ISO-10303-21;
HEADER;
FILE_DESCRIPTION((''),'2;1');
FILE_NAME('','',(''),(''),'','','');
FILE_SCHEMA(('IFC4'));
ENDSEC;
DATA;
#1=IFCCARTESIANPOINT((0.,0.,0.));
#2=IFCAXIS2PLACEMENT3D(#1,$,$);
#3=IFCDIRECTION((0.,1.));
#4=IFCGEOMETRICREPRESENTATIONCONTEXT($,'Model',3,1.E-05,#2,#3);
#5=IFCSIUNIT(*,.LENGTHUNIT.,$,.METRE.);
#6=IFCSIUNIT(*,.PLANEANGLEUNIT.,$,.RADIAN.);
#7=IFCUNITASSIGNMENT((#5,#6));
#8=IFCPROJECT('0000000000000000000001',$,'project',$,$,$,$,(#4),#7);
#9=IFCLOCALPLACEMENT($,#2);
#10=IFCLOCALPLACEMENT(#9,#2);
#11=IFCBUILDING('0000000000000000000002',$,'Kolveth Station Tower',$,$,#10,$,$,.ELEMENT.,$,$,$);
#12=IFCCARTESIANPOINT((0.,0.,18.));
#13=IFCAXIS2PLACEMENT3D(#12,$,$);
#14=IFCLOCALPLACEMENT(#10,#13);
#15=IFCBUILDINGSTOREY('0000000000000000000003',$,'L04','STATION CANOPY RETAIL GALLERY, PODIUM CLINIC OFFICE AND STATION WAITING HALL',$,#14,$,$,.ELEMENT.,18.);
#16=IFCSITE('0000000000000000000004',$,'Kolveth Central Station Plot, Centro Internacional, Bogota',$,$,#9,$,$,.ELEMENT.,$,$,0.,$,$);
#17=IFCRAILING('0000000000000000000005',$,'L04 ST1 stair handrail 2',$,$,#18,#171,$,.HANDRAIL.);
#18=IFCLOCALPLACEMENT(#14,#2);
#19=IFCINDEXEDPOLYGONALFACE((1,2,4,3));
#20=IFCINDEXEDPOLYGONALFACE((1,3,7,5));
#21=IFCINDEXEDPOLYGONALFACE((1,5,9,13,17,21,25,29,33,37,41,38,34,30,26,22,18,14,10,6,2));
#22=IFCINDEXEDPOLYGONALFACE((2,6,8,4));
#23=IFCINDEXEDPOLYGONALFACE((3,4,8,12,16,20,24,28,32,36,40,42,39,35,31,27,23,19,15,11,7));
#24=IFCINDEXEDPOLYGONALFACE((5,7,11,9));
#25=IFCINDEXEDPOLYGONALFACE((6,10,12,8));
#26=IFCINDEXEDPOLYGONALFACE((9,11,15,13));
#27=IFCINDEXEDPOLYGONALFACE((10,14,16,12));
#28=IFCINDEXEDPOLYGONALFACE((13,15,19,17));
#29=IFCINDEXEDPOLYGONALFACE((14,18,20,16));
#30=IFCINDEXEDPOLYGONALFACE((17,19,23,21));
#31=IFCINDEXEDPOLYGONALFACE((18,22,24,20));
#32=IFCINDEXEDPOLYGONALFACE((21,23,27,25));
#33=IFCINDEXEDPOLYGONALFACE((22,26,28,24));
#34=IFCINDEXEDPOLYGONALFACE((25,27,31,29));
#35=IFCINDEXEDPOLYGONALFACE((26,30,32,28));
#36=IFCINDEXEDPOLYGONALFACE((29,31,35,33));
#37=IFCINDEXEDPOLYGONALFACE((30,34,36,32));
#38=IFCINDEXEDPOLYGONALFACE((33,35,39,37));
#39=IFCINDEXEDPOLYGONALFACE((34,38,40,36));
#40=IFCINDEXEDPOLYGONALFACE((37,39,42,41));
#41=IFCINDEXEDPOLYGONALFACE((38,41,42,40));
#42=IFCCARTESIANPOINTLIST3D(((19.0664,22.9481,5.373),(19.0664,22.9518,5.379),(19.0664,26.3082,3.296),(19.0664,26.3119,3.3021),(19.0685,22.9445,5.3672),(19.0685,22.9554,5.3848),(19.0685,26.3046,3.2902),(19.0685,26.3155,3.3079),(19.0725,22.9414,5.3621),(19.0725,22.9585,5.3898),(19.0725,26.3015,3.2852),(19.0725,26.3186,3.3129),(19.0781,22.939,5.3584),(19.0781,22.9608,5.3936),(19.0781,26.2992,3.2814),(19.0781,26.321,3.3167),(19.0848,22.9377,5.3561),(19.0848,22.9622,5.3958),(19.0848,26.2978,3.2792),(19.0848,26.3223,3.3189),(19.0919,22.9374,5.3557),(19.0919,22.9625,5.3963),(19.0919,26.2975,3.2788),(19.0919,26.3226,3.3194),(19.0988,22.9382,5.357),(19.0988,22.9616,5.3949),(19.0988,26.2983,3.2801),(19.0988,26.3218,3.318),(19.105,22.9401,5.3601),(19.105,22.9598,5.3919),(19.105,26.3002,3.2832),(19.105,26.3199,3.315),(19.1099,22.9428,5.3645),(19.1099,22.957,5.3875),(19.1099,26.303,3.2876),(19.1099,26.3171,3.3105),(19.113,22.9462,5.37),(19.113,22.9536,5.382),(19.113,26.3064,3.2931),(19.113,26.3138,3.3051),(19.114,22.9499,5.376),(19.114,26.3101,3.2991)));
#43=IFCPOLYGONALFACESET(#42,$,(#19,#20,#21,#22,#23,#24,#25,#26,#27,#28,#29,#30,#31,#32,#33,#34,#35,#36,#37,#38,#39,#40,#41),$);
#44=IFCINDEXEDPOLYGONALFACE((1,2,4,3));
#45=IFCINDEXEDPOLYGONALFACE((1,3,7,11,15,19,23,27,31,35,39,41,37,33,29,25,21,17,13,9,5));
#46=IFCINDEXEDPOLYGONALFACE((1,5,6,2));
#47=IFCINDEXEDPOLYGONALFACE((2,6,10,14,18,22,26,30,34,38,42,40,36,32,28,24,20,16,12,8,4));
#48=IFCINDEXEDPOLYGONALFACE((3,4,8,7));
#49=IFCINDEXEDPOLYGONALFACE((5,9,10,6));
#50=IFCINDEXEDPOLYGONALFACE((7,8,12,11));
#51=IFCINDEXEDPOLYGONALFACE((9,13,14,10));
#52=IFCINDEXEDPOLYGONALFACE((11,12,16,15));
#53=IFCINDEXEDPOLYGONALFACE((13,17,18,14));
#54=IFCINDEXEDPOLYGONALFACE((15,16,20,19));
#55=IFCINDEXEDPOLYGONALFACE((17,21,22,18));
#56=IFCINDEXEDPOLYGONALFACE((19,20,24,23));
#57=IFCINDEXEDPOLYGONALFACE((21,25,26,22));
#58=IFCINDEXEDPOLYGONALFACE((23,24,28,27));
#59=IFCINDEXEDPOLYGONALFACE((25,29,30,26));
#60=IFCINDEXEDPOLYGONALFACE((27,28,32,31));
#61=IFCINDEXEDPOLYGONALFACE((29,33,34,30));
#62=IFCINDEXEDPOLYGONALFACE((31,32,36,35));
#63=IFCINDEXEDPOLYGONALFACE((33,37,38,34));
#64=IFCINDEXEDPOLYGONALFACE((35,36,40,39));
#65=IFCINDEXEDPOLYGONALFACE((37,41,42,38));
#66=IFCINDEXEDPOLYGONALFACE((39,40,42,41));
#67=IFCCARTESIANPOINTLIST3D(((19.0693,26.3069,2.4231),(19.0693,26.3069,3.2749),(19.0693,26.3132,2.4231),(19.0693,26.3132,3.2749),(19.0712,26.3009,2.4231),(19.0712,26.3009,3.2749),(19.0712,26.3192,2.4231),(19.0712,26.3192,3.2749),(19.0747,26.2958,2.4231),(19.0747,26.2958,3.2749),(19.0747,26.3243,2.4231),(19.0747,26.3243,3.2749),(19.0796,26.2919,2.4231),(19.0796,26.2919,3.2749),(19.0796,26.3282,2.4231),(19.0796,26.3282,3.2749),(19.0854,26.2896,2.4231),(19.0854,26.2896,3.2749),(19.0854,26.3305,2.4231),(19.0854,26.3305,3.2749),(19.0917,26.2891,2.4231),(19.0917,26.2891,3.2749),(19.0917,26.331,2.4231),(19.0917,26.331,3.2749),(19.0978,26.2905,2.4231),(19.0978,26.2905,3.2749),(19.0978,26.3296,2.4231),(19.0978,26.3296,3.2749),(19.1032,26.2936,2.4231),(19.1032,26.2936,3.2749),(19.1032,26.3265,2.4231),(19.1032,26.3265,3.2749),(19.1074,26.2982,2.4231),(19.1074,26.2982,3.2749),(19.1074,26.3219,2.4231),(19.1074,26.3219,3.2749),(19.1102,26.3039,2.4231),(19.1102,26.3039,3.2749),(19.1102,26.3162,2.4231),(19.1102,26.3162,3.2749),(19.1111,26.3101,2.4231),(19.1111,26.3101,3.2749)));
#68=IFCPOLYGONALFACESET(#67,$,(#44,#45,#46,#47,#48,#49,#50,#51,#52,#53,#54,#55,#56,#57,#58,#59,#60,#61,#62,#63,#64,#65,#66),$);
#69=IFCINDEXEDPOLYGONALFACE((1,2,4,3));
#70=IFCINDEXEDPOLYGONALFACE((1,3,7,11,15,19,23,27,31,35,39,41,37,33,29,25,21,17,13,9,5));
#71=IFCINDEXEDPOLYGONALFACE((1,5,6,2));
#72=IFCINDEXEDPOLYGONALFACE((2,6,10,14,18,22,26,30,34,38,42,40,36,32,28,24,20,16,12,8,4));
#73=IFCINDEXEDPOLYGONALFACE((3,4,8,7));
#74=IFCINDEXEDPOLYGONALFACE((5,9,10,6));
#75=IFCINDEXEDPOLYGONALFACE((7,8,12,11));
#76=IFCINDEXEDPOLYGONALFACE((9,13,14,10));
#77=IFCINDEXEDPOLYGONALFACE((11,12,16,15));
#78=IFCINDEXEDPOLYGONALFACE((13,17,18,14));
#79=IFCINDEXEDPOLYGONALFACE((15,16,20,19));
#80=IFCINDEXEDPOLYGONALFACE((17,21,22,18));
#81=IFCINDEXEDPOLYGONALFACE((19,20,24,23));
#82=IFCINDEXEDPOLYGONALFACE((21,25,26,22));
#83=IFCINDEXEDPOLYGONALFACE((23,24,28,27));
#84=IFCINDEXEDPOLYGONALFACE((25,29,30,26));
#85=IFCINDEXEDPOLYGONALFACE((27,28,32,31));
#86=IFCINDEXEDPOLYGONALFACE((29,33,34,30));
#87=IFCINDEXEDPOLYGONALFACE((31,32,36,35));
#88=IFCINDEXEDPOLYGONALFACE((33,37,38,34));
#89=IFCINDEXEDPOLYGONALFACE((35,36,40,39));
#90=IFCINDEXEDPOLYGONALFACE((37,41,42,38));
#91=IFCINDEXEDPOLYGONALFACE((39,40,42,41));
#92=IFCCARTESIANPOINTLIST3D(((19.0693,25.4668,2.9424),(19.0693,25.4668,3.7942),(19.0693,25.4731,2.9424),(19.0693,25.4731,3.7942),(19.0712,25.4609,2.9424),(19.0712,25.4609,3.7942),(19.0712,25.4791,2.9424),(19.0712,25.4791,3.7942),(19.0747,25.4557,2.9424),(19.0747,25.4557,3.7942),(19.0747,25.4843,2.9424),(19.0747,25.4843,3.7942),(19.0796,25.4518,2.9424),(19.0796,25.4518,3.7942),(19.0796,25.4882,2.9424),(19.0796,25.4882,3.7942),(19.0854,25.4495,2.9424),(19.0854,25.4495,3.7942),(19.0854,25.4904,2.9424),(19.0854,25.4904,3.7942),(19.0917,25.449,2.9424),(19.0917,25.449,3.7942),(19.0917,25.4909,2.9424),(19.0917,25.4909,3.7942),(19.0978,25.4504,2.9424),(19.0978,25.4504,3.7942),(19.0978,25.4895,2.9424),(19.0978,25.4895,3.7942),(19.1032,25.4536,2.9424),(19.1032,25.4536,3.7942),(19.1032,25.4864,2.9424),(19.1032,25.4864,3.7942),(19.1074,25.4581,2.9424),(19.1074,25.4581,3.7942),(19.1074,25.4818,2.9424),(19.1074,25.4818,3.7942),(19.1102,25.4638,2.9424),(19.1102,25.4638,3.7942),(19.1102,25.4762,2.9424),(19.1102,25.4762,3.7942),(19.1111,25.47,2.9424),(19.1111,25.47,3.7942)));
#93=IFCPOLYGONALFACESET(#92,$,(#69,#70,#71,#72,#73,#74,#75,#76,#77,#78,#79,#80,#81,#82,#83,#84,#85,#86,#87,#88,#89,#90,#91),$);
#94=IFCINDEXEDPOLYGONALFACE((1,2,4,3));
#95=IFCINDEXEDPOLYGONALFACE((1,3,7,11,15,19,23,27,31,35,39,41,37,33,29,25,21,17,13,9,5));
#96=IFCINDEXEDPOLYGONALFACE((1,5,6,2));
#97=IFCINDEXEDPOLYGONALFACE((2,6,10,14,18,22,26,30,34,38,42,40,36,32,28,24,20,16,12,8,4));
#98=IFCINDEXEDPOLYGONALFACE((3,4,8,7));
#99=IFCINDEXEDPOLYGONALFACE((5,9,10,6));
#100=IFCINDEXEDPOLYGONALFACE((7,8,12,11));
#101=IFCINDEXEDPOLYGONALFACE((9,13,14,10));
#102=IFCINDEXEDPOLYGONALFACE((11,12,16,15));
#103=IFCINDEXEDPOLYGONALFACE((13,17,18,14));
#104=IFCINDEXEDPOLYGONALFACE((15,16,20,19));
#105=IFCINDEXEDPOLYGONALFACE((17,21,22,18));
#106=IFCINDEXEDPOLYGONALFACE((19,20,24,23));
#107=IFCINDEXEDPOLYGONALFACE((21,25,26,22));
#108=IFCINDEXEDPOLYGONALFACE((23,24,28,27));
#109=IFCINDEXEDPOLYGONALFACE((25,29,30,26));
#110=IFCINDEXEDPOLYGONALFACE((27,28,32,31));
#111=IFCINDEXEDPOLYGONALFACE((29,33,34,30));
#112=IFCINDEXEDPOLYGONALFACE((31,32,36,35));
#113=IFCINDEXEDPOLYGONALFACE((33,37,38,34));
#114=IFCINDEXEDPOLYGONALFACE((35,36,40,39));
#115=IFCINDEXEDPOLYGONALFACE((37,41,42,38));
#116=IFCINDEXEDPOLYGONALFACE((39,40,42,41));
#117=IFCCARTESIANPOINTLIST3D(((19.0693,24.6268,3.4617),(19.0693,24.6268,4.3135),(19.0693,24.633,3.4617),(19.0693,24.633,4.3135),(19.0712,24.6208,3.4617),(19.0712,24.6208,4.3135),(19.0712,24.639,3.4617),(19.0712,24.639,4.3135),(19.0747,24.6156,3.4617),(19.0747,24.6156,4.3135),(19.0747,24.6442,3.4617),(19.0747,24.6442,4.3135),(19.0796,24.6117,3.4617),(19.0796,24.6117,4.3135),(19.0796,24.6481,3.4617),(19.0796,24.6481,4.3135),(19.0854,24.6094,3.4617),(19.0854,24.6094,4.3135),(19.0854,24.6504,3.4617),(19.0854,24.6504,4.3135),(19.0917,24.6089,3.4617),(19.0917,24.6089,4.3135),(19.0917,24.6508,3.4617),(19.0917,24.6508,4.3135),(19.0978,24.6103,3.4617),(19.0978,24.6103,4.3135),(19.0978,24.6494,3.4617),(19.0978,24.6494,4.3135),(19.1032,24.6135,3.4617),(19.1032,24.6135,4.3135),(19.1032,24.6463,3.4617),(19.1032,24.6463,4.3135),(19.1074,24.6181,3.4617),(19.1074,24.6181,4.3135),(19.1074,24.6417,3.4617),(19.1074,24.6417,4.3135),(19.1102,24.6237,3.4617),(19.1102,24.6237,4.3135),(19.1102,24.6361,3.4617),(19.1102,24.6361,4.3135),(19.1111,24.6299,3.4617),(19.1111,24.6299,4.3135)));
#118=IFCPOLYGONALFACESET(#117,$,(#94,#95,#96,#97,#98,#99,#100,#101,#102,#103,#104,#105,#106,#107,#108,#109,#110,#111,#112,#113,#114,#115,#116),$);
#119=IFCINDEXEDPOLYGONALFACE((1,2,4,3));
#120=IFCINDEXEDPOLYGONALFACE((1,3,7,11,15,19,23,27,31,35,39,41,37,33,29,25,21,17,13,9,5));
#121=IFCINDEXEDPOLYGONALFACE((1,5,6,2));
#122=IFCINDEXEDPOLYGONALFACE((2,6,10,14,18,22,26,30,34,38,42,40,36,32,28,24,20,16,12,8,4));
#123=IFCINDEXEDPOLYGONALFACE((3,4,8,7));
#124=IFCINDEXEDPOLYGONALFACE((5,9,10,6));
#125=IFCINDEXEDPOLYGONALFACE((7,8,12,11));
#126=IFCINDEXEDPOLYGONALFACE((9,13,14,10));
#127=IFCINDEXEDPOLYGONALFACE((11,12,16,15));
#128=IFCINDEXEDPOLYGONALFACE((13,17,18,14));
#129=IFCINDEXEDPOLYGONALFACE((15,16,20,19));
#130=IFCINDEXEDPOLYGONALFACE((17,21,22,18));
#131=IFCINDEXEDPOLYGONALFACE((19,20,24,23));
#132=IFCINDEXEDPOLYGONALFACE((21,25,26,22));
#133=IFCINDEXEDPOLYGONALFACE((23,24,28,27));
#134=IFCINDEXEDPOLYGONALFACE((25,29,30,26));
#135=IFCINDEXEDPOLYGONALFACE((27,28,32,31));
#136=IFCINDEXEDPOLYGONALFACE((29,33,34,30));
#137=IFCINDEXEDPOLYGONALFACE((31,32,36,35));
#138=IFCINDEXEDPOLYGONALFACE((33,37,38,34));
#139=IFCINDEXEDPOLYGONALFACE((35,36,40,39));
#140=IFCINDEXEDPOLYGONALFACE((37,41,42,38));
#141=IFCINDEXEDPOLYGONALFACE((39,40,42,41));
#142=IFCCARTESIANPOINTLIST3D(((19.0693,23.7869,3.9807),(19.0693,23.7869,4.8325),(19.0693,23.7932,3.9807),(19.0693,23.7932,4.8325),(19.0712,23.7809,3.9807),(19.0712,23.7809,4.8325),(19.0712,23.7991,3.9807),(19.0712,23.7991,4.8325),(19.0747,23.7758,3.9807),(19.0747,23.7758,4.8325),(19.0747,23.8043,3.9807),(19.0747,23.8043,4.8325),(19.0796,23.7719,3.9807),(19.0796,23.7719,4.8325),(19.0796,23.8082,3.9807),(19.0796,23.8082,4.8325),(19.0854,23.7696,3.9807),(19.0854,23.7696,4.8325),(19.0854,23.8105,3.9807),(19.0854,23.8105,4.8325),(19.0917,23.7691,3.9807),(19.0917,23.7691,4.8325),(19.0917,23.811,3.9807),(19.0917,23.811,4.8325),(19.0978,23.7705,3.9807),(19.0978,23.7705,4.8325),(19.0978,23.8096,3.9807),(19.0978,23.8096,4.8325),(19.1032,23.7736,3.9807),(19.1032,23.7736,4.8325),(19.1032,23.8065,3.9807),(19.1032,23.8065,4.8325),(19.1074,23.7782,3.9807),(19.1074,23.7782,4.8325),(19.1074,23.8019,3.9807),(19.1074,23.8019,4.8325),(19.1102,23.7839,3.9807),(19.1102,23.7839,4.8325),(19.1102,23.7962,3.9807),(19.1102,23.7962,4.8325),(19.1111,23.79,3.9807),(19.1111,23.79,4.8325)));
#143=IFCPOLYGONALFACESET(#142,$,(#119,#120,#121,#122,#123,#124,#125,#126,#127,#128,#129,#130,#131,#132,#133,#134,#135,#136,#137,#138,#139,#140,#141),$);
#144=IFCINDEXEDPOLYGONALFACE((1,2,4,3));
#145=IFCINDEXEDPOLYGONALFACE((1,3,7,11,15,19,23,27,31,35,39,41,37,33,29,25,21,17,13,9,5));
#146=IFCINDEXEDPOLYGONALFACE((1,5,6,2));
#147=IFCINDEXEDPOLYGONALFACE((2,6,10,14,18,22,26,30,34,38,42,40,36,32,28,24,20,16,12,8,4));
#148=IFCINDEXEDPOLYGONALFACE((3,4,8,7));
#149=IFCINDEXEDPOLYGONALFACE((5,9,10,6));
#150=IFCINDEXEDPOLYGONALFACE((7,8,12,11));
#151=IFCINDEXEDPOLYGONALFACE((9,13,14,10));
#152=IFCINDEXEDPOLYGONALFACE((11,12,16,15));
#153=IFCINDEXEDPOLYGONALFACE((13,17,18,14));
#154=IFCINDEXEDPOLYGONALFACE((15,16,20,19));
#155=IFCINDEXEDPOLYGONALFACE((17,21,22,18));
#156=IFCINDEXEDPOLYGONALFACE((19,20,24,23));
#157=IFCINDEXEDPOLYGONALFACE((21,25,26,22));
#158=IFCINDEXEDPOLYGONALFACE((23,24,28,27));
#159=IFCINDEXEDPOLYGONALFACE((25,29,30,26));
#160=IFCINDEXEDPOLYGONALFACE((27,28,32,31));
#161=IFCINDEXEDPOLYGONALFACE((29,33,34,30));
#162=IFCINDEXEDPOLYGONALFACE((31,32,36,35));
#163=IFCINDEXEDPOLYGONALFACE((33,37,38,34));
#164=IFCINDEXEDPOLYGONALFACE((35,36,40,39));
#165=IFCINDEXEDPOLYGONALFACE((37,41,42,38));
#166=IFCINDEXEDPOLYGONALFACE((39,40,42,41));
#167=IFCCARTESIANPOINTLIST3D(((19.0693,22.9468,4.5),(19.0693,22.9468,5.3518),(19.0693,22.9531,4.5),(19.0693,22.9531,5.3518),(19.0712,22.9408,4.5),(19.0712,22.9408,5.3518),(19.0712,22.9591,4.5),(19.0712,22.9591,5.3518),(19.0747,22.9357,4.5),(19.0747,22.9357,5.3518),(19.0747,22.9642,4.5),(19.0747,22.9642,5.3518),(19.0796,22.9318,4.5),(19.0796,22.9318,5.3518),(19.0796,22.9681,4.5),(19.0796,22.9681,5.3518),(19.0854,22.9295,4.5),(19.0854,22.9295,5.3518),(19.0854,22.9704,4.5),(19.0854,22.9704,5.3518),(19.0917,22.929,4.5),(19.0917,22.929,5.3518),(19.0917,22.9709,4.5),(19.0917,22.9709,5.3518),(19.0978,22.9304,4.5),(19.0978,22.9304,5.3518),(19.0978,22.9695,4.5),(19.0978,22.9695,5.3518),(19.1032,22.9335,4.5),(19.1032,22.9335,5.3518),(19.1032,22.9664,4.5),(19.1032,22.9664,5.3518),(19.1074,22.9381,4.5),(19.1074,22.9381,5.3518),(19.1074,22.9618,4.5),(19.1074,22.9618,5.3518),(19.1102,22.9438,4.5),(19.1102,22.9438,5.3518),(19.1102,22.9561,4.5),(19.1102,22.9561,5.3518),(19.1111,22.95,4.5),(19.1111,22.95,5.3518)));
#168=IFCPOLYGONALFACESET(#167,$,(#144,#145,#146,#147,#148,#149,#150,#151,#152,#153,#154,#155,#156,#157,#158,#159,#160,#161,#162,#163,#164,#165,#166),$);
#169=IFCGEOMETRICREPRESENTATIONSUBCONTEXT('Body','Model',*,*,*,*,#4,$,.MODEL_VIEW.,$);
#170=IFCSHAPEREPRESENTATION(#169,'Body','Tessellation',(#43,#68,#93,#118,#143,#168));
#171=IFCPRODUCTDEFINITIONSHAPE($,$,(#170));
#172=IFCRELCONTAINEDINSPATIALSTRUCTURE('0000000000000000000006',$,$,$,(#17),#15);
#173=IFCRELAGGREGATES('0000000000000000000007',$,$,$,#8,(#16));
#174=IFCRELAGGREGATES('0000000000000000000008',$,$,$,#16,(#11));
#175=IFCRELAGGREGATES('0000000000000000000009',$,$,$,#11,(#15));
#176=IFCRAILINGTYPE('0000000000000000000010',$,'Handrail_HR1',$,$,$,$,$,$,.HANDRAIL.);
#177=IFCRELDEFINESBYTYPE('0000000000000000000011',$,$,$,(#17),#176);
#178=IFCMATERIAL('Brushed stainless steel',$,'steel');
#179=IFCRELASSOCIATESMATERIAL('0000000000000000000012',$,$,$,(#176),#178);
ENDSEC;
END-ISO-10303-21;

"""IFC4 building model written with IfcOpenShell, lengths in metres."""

from ifc_helpers import new_model, si_unit, direction, frame, origin, origin_2d, place, context, subcontext, project, spatial, circle, extrude, material, type_object, element, save


model = new_model("IFC4")

# Units and contexts
model_context = context("Model", 3, precision=1e-05, world=origin(), true_north=direction((0.0, 1.0)))
body_context = subcontext(model_context, "Body", "Model", "MODEL_VIEW")
ifc_project = project(units=[si_unit("LENGTHUNIT", "METRE"), si_unit("PLANEANGLEUNIT", "RADIAN")], contexts=[model_context])

# Site, building, storey
site_placement = place(None, origin())
site = spatial("IfcSite", under=ifc_project, at=site_placement, Name="Kolveth Central Station Plot, Centro Internacional, Bogota", CompositionType="ELEMENT", RefElevation=0.0)
building_placement = place(site_placement, origin())
building = spatial("IfcBuilding", under=site, at=building_placement, Name="Kolveth Station Tower", CompositionType="ELEMENT")
storey_placement = place(building_placement, frame((0.0, 0.0, 18.0)))
storey = spatial("IfcBuildingStorey", under=building, at=storey_placement, Name="L04", Description="STATION CANOPY RETAIL GALLERY, PODIUM CLINIC OFFICE AND STATION WAITING HALL", CompositionType="ELEMENT", Elevation=18.0)

# Railing
ifc_material_1 = material(Name="Brushed stainless steel", Category="steel")
railing_type_1 = type_object("IfcRailingType", Name="Handrail_HR1", PredefinedType="HANDRAIL", material=ifc_material_1)
railing_1_placement = place(storey_placement, frame((19.0901, 26.3101, 2.4231)))
element("IfcRailing", 1, at=railing_1_placement, inside=storey, type_object=railing_type_1, Name="L04 ST1 stair handrail 2", PredefinedType="HANDRAIL", context=body_context, shape_type="SweptSolid", body=[
    extrude(circle(Radius=0.0239, at=origin_2d()), frame((0.0, 0.0, 0.876), z_axis=(0.0, -0.850623, 0.525776), x_axis=(1.0, 0.0, 0.0)), (0.0, 0.0, 1.0), 3.9502),
    extrude(circle(Radius=0.021, at=origin_2d()), origin(), (0.0, 0.0, 1.0), 0.8518),
    extrude(circle(Radius=0.021, at=origin_2d()), frame((0.0, -0.8401, 0.5193)), (0.0, 0.0, 1.0), 0.8518),
    extrude(circle(Radius=0.021, at=origin_2d()), frame((0.0, -1.6802, 1.0386)), (0.0, 0.0, 1.0), 0.8518),
    extrude(circle(Radius=0.021, at=origin_2d()), frame((0.0, -2.52, 1.5576)), (0.0, 0.0, 1.0), 0.8518),
    extrude(circle(Radius=0.021, at=origin_2d()), frame((0.0, -3.3601, 2.0769)), (0.0, 0.0, 1.0), 0.8518),
])

save(model, "model.ifc")
